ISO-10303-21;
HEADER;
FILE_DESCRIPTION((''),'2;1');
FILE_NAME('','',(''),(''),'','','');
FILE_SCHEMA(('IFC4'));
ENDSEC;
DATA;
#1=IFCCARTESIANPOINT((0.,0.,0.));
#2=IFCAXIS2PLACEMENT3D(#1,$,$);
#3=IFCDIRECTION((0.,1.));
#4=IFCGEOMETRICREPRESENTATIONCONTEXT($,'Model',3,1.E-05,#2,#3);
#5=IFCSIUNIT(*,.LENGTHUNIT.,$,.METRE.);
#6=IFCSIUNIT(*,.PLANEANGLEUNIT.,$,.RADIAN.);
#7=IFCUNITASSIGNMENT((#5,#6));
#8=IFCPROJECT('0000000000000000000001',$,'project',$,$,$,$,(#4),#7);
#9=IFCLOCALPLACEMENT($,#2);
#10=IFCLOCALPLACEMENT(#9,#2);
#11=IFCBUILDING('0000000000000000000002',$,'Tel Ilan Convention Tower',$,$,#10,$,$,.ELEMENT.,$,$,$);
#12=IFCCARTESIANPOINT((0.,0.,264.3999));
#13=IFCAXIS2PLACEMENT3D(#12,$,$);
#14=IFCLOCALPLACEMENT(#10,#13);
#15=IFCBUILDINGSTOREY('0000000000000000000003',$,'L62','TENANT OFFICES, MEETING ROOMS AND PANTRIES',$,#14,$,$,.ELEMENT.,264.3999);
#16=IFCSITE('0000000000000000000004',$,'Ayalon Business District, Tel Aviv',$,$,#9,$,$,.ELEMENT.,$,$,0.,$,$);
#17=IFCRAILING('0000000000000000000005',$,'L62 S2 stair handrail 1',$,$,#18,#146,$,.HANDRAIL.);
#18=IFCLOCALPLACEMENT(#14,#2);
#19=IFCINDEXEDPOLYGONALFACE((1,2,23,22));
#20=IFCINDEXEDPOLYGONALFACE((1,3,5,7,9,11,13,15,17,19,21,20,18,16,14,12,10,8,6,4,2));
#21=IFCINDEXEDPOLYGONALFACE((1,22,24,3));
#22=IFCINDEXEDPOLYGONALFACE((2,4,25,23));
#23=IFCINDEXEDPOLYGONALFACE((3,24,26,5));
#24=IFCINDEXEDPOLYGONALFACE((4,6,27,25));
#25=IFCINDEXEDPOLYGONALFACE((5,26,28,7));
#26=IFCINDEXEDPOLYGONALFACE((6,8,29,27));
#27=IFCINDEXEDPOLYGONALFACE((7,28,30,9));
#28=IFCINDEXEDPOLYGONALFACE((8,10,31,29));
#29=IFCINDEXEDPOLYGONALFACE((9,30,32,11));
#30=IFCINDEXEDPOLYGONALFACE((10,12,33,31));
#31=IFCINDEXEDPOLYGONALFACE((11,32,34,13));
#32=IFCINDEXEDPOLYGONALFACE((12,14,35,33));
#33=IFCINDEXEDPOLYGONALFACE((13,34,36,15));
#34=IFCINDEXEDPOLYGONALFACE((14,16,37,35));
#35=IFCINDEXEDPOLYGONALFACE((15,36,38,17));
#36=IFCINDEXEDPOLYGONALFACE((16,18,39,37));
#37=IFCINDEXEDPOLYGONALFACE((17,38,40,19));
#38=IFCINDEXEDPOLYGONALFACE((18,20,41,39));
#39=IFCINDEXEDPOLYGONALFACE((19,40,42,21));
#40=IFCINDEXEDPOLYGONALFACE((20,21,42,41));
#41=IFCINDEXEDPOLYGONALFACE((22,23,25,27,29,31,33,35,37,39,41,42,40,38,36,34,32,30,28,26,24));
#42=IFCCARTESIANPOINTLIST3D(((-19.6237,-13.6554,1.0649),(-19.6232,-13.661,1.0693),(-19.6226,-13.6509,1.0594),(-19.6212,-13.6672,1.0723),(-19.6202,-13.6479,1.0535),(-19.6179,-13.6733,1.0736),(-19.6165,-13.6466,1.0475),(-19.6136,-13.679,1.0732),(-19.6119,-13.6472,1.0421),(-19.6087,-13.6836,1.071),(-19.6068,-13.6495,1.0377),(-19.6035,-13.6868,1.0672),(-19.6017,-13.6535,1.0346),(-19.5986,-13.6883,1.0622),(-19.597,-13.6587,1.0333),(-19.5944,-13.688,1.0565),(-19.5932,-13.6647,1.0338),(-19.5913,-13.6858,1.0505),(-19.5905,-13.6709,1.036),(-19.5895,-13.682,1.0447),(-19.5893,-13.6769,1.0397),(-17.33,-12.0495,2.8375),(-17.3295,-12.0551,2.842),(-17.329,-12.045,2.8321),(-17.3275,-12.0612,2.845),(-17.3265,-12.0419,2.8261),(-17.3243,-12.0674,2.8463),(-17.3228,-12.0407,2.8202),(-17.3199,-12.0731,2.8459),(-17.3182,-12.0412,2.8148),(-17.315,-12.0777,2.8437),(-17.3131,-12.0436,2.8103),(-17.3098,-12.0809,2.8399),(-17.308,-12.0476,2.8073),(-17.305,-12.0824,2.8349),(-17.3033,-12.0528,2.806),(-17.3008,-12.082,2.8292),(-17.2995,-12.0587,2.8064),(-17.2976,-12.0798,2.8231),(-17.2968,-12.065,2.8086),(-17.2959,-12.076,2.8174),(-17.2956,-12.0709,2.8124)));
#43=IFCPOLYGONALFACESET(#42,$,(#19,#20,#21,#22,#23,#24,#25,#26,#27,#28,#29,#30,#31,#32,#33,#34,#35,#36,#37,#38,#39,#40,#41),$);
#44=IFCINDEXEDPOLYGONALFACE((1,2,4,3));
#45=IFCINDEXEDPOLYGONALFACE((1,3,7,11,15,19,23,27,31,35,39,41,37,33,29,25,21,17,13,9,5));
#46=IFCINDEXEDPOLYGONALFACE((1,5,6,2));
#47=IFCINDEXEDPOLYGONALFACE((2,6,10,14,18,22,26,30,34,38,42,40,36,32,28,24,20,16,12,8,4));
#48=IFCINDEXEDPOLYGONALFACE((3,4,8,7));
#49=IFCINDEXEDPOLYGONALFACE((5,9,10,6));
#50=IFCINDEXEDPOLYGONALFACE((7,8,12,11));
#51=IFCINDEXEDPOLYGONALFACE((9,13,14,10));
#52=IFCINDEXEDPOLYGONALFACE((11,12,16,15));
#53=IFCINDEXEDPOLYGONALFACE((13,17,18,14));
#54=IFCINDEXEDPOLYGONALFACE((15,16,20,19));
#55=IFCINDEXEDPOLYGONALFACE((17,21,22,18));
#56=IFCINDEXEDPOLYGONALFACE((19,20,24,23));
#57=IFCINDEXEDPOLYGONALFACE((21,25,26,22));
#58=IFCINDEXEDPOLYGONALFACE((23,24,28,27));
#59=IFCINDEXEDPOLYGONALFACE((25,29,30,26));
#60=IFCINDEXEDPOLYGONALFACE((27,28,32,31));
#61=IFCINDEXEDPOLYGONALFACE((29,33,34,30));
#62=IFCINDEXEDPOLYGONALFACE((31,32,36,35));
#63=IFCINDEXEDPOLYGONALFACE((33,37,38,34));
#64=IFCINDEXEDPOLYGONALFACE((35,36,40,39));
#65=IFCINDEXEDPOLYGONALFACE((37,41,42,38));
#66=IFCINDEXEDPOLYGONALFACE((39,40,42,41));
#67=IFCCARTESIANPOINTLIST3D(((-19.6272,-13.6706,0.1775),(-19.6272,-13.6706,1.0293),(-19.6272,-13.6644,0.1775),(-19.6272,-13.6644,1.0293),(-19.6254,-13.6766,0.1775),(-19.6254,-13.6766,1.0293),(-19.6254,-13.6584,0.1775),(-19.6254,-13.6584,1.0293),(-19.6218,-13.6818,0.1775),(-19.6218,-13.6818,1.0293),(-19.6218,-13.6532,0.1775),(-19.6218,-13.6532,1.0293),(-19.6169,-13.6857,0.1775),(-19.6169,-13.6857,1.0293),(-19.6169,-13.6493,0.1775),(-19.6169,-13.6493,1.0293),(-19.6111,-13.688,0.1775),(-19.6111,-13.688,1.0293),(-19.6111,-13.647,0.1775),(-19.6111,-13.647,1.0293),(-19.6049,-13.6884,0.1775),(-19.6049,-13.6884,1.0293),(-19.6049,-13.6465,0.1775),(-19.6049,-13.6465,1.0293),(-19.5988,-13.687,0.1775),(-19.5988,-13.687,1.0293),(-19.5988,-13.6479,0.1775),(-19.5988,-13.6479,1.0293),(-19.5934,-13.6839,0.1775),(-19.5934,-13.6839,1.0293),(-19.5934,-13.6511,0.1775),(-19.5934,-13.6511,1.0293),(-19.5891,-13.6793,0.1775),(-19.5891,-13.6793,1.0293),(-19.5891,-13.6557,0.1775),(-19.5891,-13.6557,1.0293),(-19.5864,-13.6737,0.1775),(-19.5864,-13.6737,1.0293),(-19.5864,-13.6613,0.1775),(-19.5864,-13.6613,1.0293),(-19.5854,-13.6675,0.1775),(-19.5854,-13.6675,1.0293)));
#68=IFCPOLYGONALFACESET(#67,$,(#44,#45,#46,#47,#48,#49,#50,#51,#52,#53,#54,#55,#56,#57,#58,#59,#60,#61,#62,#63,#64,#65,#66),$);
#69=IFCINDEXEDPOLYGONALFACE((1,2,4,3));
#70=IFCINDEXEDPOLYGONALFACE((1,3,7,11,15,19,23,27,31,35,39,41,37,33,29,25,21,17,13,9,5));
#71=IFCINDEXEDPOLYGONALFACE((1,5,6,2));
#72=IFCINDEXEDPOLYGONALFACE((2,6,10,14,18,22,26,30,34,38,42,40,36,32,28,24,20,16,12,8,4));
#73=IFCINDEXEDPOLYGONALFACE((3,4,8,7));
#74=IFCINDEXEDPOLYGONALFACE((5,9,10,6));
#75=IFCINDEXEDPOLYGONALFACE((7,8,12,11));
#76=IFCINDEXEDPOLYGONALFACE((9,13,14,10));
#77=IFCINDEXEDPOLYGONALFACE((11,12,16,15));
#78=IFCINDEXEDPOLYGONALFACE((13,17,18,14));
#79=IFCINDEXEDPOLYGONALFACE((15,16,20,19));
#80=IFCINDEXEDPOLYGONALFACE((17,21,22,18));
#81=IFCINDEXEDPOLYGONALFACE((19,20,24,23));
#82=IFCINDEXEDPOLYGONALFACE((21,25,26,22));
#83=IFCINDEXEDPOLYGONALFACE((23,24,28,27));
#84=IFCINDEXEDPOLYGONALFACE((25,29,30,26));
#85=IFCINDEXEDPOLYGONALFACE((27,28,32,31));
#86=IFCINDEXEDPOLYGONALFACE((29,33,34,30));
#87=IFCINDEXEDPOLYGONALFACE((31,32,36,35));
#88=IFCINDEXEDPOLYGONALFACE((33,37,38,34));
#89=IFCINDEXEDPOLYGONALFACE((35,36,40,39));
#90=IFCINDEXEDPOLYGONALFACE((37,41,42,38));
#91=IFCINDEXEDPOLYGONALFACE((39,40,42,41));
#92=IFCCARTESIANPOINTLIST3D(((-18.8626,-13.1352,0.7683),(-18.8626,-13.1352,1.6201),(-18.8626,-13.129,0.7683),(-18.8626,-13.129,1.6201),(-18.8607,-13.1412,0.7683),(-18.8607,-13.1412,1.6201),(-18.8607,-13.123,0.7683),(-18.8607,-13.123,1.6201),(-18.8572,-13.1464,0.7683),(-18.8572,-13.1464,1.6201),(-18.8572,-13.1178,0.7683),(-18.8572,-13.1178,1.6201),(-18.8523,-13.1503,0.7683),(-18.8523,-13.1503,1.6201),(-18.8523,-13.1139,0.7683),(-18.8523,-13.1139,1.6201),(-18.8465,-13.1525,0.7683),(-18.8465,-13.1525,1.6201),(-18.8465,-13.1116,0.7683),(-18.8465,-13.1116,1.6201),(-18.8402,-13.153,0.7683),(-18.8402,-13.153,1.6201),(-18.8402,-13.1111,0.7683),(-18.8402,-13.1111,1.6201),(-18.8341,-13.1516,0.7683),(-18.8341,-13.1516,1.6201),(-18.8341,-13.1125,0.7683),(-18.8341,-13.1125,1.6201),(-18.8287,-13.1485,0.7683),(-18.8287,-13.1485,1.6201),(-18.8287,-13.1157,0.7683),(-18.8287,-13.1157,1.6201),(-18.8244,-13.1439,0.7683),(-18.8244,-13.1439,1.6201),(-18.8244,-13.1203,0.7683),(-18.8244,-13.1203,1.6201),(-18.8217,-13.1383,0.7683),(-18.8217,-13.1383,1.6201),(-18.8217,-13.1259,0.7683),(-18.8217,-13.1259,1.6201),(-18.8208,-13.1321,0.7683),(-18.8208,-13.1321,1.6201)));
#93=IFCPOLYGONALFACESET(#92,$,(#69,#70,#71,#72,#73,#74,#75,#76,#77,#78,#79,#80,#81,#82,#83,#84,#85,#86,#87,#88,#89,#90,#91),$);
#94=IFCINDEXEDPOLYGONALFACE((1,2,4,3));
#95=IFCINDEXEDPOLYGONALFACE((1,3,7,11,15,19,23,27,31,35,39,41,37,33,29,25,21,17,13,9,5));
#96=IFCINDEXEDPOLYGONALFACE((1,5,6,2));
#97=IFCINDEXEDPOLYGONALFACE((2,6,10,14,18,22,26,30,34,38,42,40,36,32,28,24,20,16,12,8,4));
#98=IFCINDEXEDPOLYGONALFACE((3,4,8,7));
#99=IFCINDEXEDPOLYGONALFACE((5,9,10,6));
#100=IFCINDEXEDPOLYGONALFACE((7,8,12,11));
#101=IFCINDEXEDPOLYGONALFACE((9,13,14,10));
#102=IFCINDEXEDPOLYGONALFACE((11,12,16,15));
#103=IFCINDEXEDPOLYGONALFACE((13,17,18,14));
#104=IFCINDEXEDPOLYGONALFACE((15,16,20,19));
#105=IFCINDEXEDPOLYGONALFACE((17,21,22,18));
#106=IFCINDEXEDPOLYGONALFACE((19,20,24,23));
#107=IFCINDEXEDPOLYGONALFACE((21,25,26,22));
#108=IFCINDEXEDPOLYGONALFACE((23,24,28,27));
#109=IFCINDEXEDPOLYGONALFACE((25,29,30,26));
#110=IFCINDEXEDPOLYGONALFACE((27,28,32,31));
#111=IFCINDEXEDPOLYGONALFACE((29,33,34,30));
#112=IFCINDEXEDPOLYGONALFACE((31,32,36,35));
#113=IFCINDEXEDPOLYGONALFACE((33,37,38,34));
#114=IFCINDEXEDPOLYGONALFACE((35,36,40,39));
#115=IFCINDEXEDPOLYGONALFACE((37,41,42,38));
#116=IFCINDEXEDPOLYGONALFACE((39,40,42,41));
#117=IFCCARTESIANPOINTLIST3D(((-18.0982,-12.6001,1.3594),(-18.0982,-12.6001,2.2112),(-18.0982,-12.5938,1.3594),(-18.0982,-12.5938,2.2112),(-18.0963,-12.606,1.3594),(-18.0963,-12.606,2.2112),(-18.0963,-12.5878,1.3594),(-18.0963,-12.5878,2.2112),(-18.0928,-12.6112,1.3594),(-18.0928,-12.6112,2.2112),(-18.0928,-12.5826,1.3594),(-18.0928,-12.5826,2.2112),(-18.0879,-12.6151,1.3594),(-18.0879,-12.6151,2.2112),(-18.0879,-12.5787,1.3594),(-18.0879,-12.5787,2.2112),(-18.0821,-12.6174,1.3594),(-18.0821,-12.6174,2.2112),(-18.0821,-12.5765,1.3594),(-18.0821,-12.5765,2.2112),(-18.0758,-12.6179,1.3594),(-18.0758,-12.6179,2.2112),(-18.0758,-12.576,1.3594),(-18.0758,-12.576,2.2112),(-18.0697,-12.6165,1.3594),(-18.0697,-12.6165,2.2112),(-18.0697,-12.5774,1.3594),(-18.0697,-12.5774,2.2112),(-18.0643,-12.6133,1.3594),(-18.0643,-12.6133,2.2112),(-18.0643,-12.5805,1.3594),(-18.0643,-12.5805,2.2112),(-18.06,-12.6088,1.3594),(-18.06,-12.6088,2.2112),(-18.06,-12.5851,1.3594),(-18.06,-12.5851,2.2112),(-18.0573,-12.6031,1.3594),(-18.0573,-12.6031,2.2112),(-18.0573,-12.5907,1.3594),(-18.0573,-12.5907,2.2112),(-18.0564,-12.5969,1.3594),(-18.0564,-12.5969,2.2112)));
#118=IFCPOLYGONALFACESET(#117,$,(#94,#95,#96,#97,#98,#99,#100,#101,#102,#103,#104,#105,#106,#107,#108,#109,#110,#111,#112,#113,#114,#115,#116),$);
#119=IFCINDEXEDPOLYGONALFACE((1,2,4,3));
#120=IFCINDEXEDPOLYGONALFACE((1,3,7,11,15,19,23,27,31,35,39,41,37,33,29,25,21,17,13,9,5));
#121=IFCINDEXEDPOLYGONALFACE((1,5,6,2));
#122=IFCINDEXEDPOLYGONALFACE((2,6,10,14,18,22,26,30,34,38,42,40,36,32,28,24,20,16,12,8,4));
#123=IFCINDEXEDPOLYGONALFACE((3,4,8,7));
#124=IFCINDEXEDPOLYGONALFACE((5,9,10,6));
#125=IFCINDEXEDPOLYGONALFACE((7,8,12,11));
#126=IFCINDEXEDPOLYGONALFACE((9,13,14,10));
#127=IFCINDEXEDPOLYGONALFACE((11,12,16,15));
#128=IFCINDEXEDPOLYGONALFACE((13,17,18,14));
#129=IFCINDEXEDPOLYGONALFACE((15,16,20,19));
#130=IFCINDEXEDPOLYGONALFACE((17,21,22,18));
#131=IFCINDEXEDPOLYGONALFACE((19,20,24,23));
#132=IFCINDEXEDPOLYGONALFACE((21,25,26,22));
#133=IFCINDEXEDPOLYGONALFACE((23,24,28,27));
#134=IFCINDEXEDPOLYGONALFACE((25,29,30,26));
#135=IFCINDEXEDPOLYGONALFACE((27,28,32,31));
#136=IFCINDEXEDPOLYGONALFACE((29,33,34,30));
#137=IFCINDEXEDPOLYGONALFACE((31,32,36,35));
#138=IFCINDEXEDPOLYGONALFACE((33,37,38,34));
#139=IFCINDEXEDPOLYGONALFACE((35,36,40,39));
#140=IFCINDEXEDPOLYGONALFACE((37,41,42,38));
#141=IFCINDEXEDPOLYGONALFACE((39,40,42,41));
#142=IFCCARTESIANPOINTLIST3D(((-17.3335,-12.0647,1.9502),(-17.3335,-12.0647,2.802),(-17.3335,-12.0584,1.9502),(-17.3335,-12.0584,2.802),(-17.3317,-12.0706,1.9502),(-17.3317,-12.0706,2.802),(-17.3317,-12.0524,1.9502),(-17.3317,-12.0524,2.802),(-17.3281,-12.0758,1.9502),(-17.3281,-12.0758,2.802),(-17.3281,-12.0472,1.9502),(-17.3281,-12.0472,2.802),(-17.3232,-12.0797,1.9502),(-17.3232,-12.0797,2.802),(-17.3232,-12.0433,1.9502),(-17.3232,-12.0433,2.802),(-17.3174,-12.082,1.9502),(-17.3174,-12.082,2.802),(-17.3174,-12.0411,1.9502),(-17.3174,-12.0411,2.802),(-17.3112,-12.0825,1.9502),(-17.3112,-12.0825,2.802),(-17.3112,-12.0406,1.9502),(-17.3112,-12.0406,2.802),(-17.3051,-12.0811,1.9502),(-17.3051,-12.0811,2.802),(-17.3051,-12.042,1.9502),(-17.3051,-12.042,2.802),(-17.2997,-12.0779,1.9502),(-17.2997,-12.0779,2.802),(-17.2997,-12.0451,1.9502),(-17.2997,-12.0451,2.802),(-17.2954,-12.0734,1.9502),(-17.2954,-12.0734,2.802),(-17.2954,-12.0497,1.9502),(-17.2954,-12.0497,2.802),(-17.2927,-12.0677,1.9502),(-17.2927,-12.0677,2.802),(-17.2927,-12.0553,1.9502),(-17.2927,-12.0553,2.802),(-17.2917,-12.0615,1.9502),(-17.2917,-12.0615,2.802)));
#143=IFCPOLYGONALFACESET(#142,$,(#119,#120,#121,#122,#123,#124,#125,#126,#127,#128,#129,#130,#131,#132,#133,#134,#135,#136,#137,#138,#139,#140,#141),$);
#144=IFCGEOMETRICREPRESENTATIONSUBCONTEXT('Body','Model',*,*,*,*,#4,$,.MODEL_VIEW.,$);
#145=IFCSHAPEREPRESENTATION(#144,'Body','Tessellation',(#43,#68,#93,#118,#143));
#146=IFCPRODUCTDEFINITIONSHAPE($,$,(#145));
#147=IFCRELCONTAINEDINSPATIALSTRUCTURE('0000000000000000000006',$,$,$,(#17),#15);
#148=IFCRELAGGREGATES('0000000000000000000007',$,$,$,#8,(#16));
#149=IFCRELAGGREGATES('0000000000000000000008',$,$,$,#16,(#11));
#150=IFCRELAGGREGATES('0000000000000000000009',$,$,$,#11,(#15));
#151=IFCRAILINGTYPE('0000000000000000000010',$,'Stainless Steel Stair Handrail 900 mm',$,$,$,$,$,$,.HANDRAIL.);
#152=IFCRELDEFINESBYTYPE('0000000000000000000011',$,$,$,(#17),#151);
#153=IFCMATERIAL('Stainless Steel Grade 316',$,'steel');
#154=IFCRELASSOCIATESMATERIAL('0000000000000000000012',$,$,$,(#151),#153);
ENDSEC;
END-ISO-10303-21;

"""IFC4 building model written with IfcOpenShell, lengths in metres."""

from ifc_helpers import new_model, si_unit, direction, frame, origin, origin_2d, place, context, subcontext, project, spatial, circle, extrude, material, type_object, element, save


model = new_model("IFC4")

# Units and contexts
model_context = context("Model", 3, precision=1e-05, world=origin(), true_north=direction((0.0, 1.0)))
body_context = subcontext(model_context, "Body", "Model", "MODEL_VIEW")
ifc_project = project(units=[si_unit("LENGTHUNIT", "METRE"), si_unit("PLANEANGLEUNIT", "RADIAN")], contexts=[model_context])

# Site, building, storey
site_placement = place(None, origin())
site = spatial("IfcSite", under=ifc_project, at=site_placement, Name="Ayalon Business District, Tel Aviv", CompositionType="ELEMENT", RefElevation=0.0)
building_placement = place(site_placement, origin())
building = spatial("IfcBuilding", under=site, at=building_placement, Name="Tel Ilan Convention Tower", CompositionType="ELEMENT")
storey_placement = place(building_placement, frame((0.0, 0.0, 264.3999)))
storey = spatial("IfcBuildingStorey", under=building, at=storey_placement, Name="L62", Description="TENANT OFFICES, MEETING ROOMS AND PANTRIES", CompositionType="ELEMENT", Elevation=264.3999)

# Railing
ifc_material_1 = material(Name="Stainless Steel Grade 316", Category="steel")
railing_type = type_object("IfcRailingType", Name="Stainless Steel Stair Handrail 900 mm", PredefinedType="HANDRAIL", material=ifc_material_1)
railing_placement = place(storey_placement, frame((-19.6064, -13.6675, 0.1775)))
element("IfcRailing", 1, at=railing_placement, inside=storey, type_object=railing_type, Name="L62 S2 stair handrail 1", PredefinedType="HANDRAIL", context=body_context, shape_type="SweptSolid", body=[
    extrude(circle(Radius=0.0239, at=origin_2d()), frame((0.0, 0.0, 0.876), z_axis=(0.692123, 0.484597, 0.534913), x_axis=(-0.57355, 0.81917, 0.0)), (0.0, 0.0, 1.0), 3.314),
    extrude(circle(Radius=0.021, at=origin_2d()), origin(), (0.0, 0.0, 1.0), 0.8518),
    extrude(circle(Radius=0.021, at=origin_2d()), frame((0.7646, 0.5354, 0.5908)), (0.0, 0.0, 1.0), 0.8518),
    extrude(circle(Radius=0.021, at=origin_2d()), frame((1.5291, 1.0706, 1.1819)), (0.0, 0.0, 1.0), 0.8518),
    extrude(circle(Radius=0.021, at=origin_2d()), frame((2.2937, 1.606, 1.7727)), (0.0, 0.0, 1.0), 0.8518),
])

save(model, "model.ifc")
